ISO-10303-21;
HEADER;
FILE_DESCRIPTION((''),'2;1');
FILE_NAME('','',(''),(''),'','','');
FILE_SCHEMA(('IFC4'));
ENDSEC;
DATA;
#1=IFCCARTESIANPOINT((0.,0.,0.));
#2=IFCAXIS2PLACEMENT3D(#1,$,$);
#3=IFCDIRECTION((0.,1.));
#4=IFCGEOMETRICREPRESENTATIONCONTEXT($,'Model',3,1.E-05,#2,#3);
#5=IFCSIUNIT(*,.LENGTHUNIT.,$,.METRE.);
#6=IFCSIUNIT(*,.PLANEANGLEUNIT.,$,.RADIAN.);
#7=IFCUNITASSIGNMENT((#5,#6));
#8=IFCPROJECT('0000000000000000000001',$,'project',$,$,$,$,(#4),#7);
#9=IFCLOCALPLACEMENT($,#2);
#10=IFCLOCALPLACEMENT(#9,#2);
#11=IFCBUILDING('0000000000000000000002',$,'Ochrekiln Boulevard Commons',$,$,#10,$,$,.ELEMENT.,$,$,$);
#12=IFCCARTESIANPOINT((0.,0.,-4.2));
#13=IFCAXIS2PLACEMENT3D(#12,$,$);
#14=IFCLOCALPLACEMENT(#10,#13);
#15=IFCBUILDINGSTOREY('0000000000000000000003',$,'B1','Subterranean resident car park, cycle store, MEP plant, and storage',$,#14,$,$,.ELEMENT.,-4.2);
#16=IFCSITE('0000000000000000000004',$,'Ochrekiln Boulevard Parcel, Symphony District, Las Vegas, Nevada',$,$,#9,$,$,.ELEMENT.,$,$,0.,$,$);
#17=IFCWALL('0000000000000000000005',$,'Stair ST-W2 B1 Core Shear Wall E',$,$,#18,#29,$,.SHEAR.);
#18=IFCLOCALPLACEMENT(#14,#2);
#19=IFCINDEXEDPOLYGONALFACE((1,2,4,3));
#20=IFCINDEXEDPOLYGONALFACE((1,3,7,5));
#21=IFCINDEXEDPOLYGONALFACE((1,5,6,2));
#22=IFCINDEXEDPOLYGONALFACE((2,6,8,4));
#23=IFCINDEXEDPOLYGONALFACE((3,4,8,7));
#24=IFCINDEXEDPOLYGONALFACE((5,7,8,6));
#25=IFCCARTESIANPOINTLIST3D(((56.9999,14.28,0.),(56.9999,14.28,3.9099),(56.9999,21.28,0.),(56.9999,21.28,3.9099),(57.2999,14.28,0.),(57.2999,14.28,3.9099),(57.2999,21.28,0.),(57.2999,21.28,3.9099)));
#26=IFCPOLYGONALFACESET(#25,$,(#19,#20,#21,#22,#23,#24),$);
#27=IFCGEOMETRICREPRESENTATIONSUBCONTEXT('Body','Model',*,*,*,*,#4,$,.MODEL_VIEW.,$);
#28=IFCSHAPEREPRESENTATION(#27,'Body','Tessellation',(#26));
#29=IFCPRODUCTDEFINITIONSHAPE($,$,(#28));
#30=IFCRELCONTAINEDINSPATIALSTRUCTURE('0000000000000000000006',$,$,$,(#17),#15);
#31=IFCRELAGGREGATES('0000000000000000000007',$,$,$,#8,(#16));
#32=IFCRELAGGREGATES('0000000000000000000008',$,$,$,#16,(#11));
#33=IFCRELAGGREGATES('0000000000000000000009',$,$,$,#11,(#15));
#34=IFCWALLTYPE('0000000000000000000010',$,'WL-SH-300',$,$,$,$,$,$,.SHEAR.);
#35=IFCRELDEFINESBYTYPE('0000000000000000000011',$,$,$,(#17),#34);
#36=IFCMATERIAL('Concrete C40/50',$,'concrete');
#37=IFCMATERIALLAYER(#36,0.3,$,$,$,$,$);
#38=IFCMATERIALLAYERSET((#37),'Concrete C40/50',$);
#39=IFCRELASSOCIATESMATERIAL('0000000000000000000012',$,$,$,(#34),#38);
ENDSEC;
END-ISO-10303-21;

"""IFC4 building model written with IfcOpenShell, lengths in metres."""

from ifc_helpers import new_model, si_unit, direction, frame, frame_2d, origin, place, context, subcontext, project, spatial, rectangle, extrude, material, layer, layer_set, type_object, element, save


model = new_model("IFC4")

# Units and contexts
model_context = context("Model", 3, precision=1e-05, world=origin(), true_north=direction((0.0, 1.0)))
body_context = subcontext(model_context, "Body", "Model", "MODEL_VIEW")
ifc_project = project(units=[si_unit("LENGTHUNIT", "METRE"), si_unit("PLANEANGLEUNIT", "RADIAN")], contexts=[model_context])

# Site, building, storey
site_placement = place(None, origin())
site = spatial("IfcSite", under=ifc_project, at=site_placement, Name="Ochrekiln Boulevard Parcel, Symphony District, Las Vegas, Nevada", CompositionType="ELEMENT", RefElevation=0.0)
building_placement = place(site_placement, origin())
building = spatial("IfcBuilding", under=site, at=building_placement, Name="Ochrekiln Boulevard Commons", CompositionType="ELEMENT")
storey_placement = place(building_placement, frame((0.0, 0.0, -4.2)))
storey = spatial("IfcBuildingStorey", under=building, at=storey_placement, Name="B1", Description="Subterranean resident car park, cycle store, MEP plant, and storage", CompositionType="ELEMENT", Elevation=-4.2)

# Shared definitions
ifc_material_1 = material(Name="Concrete C40/50", Category="concrete")

# Wall
ifc_layer_1 = layer(ifc_material_1, 0.3)
ifc_layer_set_1 = layer_set([ifc_layer_1], Name="Concrete C40/50")
wall_type_1 = type_object("IfcWallType", Name="WL-SH-300", PredefinedType="SHEAR", material=ifc_layer_set_1)
for number, where, z_axis, x_axis, name in (
    (1, (57.1499, 14.28, 0.0), (0.0, 0.0, 1.0), (0.0, 1.0, 0.0), "Stair ST-W2 B1 Core Shear Wall E"),
):
    element("IfcWall", number, at=place(storey_placement, frame(where, z_axis=z_axis, x_axis=x_axis)), inside=storey, type_object=wall_type_1, Name=name, PredefinedType="SHEAR", context=body_context, shape_type="SweptSolid", body=[
        extrude(rectangle(XDim=7.0, YDim=0.3, at=frame_2d((3.5, 0.0))), origin(), (0.0, 0.0, 1.0), 3.9099),
    ])

save(model, "model.ifc")
